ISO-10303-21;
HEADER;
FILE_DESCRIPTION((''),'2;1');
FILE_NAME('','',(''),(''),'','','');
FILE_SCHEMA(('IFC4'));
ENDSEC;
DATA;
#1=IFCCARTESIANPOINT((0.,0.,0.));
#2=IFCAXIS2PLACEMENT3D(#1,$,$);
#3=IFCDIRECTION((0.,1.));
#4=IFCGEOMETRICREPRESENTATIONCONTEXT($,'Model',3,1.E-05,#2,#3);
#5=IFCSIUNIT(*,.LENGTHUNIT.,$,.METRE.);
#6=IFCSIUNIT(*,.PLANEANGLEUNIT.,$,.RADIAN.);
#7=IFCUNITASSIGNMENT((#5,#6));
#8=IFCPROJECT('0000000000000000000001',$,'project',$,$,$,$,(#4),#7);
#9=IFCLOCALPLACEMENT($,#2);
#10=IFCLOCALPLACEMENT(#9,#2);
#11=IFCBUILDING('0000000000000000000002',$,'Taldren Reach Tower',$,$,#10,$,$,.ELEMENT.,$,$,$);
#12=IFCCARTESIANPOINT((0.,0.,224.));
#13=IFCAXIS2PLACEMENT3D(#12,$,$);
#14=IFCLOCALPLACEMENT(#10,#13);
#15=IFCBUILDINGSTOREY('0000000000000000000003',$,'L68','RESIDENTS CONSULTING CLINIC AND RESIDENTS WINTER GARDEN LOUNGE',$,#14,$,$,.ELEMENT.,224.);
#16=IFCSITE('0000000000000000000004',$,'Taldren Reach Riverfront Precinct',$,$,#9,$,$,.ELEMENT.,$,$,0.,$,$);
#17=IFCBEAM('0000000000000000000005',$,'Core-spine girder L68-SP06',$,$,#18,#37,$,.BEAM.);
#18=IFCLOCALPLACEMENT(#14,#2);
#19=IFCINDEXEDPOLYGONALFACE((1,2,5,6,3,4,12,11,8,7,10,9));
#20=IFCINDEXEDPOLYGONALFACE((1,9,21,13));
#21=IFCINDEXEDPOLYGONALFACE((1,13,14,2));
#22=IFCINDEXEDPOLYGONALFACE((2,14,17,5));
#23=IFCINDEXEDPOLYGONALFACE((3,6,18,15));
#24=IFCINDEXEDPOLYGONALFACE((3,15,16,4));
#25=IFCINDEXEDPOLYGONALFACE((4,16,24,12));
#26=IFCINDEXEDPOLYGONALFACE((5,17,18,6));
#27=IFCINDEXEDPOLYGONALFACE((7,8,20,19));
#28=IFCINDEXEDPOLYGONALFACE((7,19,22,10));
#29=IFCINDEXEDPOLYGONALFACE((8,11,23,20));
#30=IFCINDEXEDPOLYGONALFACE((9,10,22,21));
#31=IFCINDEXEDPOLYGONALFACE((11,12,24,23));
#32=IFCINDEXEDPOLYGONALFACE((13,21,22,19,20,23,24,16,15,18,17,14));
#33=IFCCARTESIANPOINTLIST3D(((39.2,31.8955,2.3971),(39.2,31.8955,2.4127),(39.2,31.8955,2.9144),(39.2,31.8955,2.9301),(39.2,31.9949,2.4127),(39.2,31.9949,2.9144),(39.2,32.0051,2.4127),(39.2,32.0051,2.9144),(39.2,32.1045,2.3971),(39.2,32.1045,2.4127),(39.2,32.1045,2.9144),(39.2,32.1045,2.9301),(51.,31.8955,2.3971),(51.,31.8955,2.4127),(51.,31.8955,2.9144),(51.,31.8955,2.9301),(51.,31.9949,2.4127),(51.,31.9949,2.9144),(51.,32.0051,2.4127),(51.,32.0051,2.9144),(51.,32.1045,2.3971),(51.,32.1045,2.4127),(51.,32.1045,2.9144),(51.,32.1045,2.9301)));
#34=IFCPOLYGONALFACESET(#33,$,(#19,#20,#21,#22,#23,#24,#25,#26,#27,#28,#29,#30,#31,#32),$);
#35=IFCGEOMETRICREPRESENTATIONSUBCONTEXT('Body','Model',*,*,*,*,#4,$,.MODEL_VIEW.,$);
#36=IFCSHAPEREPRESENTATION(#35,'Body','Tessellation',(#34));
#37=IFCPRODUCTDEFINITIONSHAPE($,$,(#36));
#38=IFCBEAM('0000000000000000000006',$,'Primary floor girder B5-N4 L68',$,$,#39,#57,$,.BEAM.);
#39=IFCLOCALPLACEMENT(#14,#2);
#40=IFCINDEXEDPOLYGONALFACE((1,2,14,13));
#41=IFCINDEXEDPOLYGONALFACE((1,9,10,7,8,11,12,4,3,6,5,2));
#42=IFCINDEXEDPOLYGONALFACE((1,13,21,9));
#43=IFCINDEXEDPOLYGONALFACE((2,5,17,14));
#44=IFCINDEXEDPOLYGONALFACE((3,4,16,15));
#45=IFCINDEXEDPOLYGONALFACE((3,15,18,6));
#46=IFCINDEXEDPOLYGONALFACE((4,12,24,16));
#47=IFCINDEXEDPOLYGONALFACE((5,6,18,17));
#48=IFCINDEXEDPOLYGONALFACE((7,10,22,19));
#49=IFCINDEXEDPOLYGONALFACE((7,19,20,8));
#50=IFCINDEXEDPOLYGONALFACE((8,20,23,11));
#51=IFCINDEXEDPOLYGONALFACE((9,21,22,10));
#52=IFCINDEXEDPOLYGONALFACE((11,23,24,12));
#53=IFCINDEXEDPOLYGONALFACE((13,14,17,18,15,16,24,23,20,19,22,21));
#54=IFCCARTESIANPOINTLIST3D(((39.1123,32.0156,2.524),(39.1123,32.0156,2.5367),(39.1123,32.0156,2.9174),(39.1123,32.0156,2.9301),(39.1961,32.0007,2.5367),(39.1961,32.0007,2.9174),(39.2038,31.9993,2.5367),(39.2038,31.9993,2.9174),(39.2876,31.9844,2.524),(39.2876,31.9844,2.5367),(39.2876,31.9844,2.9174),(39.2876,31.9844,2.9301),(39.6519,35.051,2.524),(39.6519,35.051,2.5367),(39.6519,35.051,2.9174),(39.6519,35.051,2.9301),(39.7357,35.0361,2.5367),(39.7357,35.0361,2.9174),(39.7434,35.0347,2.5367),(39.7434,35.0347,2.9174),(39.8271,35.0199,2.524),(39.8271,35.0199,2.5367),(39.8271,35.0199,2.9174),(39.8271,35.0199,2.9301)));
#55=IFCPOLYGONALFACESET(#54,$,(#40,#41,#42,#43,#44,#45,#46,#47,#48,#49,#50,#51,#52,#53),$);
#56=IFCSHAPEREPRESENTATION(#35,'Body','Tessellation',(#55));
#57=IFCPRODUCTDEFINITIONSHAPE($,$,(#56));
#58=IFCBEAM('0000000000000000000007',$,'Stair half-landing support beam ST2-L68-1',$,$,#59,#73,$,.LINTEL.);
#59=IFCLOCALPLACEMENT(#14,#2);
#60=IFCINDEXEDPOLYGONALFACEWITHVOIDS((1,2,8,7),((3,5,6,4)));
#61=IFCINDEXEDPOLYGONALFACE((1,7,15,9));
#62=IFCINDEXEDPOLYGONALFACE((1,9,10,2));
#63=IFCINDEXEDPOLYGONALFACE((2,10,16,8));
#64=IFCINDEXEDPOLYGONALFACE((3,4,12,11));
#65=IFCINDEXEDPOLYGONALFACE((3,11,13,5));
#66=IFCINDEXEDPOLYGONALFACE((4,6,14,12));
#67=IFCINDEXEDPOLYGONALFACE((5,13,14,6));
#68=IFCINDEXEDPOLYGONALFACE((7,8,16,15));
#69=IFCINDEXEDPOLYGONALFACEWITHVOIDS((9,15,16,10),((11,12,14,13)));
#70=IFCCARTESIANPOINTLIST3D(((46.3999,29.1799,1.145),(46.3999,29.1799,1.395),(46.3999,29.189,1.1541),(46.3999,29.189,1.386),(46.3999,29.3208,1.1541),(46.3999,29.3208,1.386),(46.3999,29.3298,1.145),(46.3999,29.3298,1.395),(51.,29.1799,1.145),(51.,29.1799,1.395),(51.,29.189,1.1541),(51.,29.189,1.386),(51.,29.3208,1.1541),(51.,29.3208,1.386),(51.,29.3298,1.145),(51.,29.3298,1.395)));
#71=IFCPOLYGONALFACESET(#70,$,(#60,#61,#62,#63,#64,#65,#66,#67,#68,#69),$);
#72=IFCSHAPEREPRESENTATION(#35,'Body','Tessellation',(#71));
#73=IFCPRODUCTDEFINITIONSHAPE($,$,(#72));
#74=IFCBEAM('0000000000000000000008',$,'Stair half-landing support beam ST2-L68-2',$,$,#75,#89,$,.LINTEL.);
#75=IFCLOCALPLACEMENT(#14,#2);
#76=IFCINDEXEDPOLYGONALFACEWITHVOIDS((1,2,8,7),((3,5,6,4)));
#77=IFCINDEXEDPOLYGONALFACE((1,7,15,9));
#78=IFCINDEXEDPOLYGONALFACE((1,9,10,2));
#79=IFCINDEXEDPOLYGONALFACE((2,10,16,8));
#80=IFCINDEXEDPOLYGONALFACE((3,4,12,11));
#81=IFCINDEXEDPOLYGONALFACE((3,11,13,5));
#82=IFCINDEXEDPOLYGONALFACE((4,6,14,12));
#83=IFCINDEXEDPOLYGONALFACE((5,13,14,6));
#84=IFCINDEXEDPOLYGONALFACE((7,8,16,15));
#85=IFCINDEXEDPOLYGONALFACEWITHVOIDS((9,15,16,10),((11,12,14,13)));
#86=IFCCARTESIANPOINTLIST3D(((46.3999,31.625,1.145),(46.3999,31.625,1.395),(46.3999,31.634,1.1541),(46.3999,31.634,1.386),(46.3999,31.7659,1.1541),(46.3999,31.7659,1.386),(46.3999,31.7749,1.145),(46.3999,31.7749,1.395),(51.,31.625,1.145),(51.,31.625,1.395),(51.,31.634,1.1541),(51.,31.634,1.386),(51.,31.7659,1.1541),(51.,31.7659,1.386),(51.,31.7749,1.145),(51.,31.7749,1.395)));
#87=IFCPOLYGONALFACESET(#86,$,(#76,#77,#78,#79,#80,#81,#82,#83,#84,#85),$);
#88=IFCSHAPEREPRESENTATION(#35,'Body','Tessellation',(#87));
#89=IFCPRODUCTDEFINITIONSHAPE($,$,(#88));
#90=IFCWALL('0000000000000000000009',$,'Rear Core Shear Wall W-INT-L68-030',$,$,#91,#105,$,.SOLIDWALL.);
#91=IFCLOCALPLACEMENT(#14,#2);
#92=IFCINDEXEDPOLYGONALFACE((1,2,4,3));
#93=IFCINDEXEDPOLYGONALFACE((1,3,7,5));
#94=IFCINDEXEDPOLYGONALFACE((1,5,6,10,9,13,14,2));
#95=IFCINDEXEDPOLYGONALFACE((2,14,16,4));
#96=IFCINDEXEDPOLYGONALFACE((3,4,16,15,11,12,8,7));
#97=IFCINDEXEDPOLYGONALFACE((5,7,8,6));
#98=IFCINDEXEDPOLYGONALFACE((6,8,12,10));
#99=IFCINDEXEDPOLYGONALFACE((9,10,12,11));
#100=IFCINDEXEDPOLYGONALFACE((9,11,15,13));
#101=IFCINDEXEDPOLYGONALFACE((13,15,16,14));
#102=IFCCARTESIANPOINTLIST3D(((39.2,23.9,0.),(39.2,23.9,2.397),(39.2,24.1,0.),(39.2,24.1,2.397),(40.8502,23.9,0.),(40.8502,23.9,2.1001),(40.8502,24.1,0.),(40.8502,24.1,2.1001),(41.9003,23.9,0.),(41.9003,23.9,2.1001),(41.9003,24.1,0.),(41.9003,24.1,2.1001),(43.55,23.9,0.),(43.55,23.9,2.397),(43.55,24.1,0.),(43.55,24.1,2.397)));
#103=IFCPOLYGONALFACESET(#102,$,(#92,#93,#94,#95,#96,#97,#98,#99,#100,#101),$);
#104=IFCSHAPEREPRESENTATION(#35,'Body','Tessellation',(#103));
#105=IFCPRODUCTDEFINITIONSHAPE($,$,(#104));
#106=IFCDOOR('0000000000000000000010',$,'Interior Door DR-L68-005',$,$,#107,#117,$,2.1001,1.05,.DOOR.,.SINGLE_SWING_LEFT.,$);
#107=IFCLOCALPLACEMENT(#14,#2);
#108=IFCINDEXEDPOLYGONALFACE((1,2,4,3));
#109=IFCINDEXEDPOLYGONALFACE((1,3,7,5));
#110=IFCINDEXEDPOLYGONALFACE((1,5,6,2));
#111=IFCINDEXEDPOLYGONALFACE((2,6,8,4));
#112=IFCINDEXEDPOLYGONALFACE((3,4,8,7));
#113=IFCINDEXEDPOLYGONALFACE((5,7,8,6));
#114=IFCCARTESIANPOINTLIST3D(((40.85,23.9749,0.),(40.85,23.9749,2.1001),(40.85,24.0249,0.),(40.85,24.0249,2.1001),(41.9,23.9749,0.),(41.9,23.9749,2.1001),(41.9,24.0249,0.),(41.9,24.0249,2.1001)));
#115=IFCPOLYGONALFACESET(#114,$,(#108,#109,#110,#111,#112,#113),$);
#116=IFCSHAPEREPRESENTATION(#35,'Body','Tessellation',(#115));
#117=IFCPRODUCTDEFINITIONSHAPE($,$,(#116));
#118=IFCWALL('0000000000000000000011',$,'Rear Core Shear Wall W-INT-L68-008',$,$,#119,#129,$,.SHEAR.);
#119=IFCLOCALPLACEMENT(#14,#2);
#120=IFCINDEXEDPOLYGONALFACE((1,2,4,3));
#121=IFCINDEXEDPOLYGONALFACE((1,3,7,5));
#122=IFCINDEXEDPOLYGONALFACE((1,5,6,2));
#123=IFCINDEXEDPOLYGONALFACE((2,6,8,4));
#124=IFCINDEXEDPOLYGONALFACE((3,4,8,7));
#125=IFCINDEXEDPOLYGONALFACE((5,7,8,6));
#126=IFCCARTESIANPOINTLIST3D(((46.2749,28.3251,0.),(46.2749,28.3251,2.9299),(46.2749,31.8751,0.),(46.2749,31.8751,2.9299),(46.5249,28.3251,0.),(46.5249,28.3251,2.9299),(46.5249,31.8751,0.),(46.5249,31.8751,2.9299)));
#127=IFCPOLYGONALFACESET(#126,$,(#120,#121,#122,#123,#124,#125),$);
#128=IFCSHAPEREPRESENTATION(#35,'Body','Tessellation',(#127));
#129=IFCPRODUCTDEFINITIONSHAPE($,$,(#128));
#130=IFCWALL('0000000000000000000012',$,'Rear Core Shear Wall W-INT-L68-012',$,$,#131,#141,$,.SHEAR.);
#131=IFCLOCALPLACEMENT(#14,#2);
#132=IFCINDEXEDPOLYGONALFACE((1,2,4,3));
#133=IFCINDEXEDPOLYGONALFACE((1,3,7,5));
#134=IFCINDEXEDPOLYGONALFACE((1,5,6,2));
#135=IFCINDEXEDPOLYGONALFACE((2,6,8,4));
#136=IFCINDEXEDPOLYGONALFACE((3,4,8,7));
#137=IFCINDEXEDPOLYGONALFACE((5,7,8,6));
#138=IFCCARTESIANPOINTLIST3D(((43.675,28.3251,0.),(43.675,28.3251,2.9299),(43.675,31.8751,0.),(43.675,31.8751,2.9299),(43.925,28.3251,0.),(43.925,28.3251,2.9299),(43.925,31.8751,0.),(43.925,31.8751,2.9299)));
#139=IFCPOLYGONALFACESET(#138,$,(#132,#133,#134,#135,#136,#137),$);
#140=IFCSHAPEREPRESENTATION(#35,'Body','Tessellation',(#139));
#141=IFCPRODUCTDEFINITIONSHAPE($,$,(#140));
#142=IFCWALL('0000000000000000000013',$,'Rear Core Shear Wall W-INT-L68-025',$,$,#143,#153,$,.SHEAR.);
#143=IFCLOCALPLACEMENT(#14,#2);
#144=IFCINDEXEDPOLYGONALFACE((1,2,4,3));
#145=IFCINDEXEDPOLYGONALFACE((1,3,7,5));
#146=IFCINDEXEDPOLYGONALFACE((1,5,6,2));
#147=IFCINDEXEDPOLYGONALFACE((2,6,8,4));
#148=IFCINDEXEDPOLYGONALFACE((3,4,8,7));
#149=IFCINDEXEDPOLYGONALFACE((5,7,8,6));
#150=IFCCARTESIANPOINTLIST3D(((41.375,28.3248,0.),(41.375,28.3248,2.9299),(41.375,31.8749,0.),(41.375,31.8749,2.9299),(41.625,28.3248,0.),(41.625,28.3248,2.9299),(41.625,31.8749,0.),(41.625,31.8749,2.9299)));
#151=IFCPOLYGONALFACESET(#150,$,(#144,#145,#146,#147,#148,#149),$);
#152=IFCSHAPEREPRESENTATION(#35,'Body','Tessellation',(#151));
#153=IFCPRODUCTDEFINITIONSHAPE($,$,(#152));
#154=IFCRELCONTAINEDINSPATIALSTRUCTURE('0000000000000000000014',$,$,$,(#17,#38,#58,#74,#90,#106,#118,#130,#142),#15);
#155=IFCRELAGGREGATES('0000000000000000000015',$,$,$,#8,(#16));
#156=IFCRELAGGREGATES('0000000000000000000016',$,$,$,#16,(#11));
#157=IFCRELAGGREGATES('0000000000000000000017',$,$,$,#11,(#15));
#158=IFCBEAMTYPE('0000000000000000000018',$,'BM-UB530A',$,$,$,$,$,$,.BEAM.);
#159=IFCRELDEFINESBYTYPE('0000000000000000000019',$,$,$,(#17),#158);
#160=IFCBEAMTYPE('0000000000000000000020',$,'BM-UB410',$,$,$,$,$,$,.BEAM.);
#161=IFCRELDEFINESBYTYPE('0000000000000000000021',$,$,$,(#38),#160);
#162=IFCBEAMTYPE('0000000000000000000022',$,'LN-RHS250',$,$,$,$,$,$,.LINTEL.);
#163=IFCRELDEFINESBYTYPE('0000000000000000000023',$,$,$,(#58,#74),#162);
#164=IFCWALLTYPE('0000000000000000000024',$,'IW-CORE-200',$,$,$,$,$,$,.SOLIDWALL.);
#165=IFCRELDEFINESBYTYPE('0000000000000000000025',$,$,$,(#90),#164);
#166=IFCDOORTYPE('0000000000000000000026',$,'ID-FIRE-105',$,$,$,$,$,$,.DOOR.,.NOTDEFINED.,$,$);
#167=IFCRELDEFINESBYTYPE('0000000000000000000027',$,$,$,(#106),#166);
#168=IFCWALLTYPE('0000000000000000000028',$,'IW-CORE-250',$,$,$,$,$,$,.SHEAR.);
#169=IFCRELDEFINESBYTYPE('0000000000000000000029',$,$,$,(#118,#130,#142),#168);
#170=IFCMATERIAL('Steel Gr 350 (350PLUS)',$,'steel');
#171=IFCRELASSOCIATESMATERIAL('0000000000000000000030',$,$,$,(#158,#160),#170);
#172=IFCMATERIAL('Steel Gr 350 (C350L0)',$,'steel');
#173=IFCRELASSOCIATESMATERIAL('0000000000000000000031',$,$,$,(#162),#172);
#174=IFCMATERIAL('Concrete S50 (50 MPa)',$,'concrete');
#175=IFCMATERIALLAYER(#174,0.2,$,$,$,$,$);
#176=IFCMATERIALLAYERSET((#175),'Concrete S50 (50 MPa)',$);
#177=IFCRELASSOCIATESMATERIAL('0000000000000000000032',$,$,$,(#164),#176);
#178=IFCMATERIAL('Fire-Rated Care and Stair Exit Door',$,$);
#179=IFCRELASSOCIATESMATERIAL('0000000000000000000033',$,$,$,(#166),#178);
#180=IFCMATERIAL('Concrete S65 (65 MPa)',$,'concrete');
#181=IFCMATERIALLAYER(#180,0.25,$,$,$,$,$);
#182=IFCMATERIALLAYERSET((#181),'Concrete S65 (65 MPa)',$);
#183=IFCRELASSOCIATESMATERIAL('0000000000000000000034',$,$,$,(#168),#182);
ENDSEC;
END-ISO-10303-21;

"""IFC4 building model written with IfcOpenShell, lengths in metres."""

from ifc_helpers import new_model, si_unit, direction, frame, frame_2d, origin, origin_2d, place, context, subcontext, project, spatial, rectangle, hollow_rectangle, i_section, extrude, source, transform, mapped, material, layer, layer_set, material_profile, profile_set, type_object, element, fill, save


model = new_model("IFC4")

# Units and contexts
model_context = context("Model", 3, precision=1e-05, world=origin(), true_north=direction((0.0, 1.0)))
body_context = subcontext(model_context, "Body", "Model", "MODEL_VIEW")
ifc_project = project(units=[si_unit("LENGTHUNIT", "METRE"), si_unit("PLANEANGLEUNIT", "RADIAN")], contexts=[model_context])

# Site, building, storey
site_placement = place(None, origin())
site = spatial("IfcSite", under=ifc_project, at=site_placement, Name="Taldren Reach Riverfront Precinct", CompositionType="ELEMENT", RefElevation=0.0)
building_placement = place(site_placement, origin())
building = spatial("IfcBuilding", under=site, at=building_placement, Name="Taldren Reach Tower", CompositionType="ELEMENT")
storey_placement = place(building_placement, frame((0.0, 0.0, 224.0)))
storey = spatial("IfcBuildingStorey", under=building, at=storey_placement, Name="L68", Description="RESIDENTS CONSULTING CLINIC AND RESIDENTS WINTER GARDEN LOUNGE", CompositionType="ELEMENT", Elevation=224.0)

# Beams
ifc_material_1 = material(Name="Steel Gr 350 (350PLUS)", Category="steel")
ifc_material_profile_1 = material_profile(ifc_material_1, i_section(OverallWidth=0.209, OverallDepth=0.533, WebThickness=0.0103, FlangeThickness=0.0156, at=origin_2d()), Name="530UB92.4")
ifc_profile_set_1 = profile_set([ifc_material_profile_1], Name="Steel Gr 350 (350PLUS)")
beam_type_1 = type_object("IfcBeamType", Name="BM-UB530A", PredefinedType="BEAM", material=ifc_profile_set_1)
shared_shape_1 = source(origin(), body_context, "Body", "SweptSolid", [
    extrude(i_section(OverallWidth=0.209, OverallDepth=0.533, WebThickness=0.0103, FlangeThickness=0.0156, at=origin_2d()), origin(), (0.0, 0.0, 1.0), 11.8),
])
beam_1_placement = place(storey_placement, frame((39.2, 32.0, 2.6636), z_axis=(1.0, 0.0, 0.0), x_axis=(0.0, 1.0, 0.0)))
element("IfcBeam", 1, at=beam_1_placement, inside=storey, type_object=beam_type_1, Name="Core-spine girder L68-SP06", PredefinedType="BEAM", context=body_context, shape_type="MappedRepresentation", body=[
    mapped(shared_shape_1, transform((0.0, 0.0, 0.0), scale=1.0)),
])
ifc_material_profile_2 = material_profile(ifc_material_1, i_section(OverallWidth=0.178, OverallDepth=0.406, WebThickness=0.0078, FlangeThickness=0.0127, at=origin_2d()), Name="410UB59.7")
ifc_profile_set_2 = profile_set([ifc_material_profile_2], Name="Steel Gr 350 (350PLUS)")
beam_type_2 = type_object("IfcBeamType", Name="BM-UB410", PredefinedType="BEAM", material=ifc_profile_set_2)
shared_shape_2 = source(origin(), body_context, "Body", "SweptSolid", [
    extrude(i_section(OverallWidth=0.178, OverallDepth=0.406, WebThickness=0.0078, FlangeThickness=0.0127, at=origin_2d()), origin(), (0.0, 0.0, 1.0), 3.083),
])
beam_2_placement = place(storey_placement, frame((39.2, 32.0, 2.7271), z_axis=(0.175009, 0.984567, 0.0), x_axis=(-0.984567, 0.175009, 0.0)))
element("IfcBeam", 2, at=beam_2_placement, inside=storey, type_object=beam_type_2, Name="Primary floor girder B5-N4 L68", PredefinedType="BEAM", context=body_context, shape_type="MappedRepresentation", body=[
    mapped(shared_shape_2, transform((0.0, 0.0, 0.0), scale=1.0)),
])
ifc_material_2 = material(Name="Steel Gr 350 (C350L0)", Category="steel")
ifc_material_profile_3 = material_profile(ifc_material_2, hollow_rectangle(XDim=0.1499, YDim=0.25, WallThickness=0.009, at=origin_2d()), Name="250x150x9.0RHS")
ifc_profile_set_3 = profile_set([ifc_material_profile_3], Name="Steel Gr 350 (C350L0)")
beam_type_3 = type_object("IfcBeamType", Name="LN-RHS250", PredefinedType="LINTEL", material=ifc_profile_set_3)
shared_shape_3 = source(origin(), body_context, "Body", "SweptSolid", [
    extrude(hollow_rectangle(XDim=0.1499, YDim=0.25, WallThickness=0.009, at=origin_2d()), origin(), (0.0, 0.0, 1.0), 4.6001),
])
for number, where, z_axis, x_axis, name in (
    (3, (46.3999, 29.2549, 1.27), (1.0, 0.0, 0.0), (0.0, 1.0, 0.0), "Stair half-landing support beam ST2-L68-1"),
    (4, (46.3999, 31.7, 1.27), (1.0, 0.0, 0.0), (0.0, 1.0, 0.0), "Stair half-landing support beam ST2-L68-2"),
):
    element("IfcBeam", number, at=place(storey_placement, frame(where, z_axis=z_axis, x_axis=x_axis)), inside=storey, type_object=beam_type_3, Name=name, PredefinedType="LINTEL", context=body_context, shape_type="MappedRepresentation", body=[
        mapped(shared_shape_3, transform((0.0, 0.0, 0.0), scale=1.0)),
    ])

# Wall, opening, door
ifc_material_3 = material(Name="Concrete S50 (50 MPa)", Category="concrete")
ifc_layer_1 = layer(ifc_material_3, 0.2)
ifc_layer_set_1 = layer_set([ifc_layer_1], Name="Concrete S50 (50 MPa)")
wall_type_1 = type_object("IfcWallType", Name="IW-CORE-200", PredefinedType="SOLIDWALL", material=ifc_layer_set_1)
shared_shape_4 = source(origin(), body_context, "Body", "SweptSolid", [
    extrude(rectangle(XDim=4.3501, YDim=0.2, at=frame_2d((2.175, 0.0))), origin(), (0.0, 0.0, 1.0), 2.397),
])
wall_1_placement = place(storey_placement, frame((43.55, 24.0, 0.0), z_axis=(0.0, 0.0, 1.0), x_axis=(-1.0, 0.0, 0.0)))
wall_1 = element("IfcWall", 5, at=wall_1_placement, inside=storey, type_object=wall_type_1, Name="Rear Core Shear Wall W-INT-L68-030", PredefinedType="SOLIDWALL", context=body_context, shape_type="MappedRepresentation", body=[
    mapped(shared_shape_4, transform((0.0, 0.0, 0.0), scale=1.0)),
])
shared_shape_5 = source(origin(), body_context, "Body", "SweptSolid", [
    extrude(rectangle(XDim=1.05, YDim=2.1001, at=frame_2d((0.5249, 1.05))), frame((0.0, 0.1099, 0.0), z_axis=(0.0, -1.0, 0.0), x_axis=(1.0, 0.0, 0.0)), (0.0, 0.0, 1.0), 0.22),
])
opening_1_placement = place(wall_1_placement, frame((1.6499, 0.0, 0.0)))
opening_1 = element("IfcOpeningElement", 6, at=opening_1_placement, cuts=wall_1, PredefinedType="OPENING", context=body_context, shape_type="MappedRepresentation", body=[
    mapped(shared_shape_5, transform((0.0, 0.0, 0.0), scale=1.0)),
])
ifc_material_4 = material(Name="Fire-Rated Care and Stair Exit Door")
door_type_1 = type_object("IfcDoorType", Name="ID-FIRE-105", OperationType="NOTDEFINED", PredefinedType="DOOR", material=ifc_material_4)
shared_shape_6 = source(origin(), body_context, "Body", "SweptSolid", [
    extrude(rectangle(XDim=1.05, YDim=2.1001, at=frame_2d((0.5249, 1.05))), frame((0.0, 0.0249, 0.0), z_axis=(0.0, -1.0, 0.0), x_axis=(1.0, 0.0, 0.0)), (0.0, 0.0, 1.0), 0.05),
])
door_1_placement = place(opening_1_placement, frame((1.05, 0.0, 0.0), z_axis=(0.0, 0.0, 1.0), x_axis=(-1.0, 0.0, 0.0)))
door_1 = element("IfcDoor", 7, at=door_1_placement, inside=storey, type_object=door_type_1, Name="Interior Door DR-L68-005", OperationType="SINGLE_SWING_LEFT", OverallHeight=2.1001, OverallWidth=1.05, PredefinedType="DOOR", context=body_context, shape_type="MappedRepresentation", body=[
    mapped(shared_shape_6, transform((0.0, 0.0, 0.0), scale=1.0)),
])
fill(opening_1, door_1)

# Walls
ifc_material_5 = material(Name="Concrete S65 (65 MPa)", Category="concrete")
ifc_layer_2 = layer(ifc_material_5, 0.25)
ifc_layer_set_2 = layer_set([ifc_layer_2], Name="Concrete S65 (65 MPa)")
wall_type_2 = type_object("IfcWallType", Name="IW-CORE-250", PredefinedType="SHEAR", material=ifc_layer_set_2)
shared_shape_7 = source(origin(), body_context, "Body", "SweptSolid", [
    extrude(rectangle(XDim=3.55, YDim=0.25, at=frame_2d((1.7749, 0.0))), origin(), (0.0, 0.0, 1.0), 2.9299),
])
for number, where, z_axis, x_axis, name in (
    (8, (46.3999, 31.875, 0.0), (0.0, 0.0, 1.0), (0.0, -1.0, 0.0), "Rear Core Shear Wall W-INT-L68-008"),
    (9, (43.8, 31.875, 0.0), (0.0, 0.0, 1.0), (0.0, -1.0, 0.0), "Rear Core Shear Wall W-INT-L68-012"),
    (10, (41.5, 28.325, 0.0), (0.0, 0.0, 1.0), (0.0, 1.0, 0.0), "Rear Core Shear Wall W-INT-L68-025"),
):
    element("IfcWall", number, at=place(storey_placement, frame(where, z_axis=z_axis, x_axis=x_axis)), inside=storey, type_object=wall_type_2, Name=name, PredefinedType="SHEAR", context=body_context, shape_type="MappedRepresentation", body=[
        mapped(shared_shape_7, transform((0.0, 0.0, 0.0), scale=1.0)),
    ])

save(model, "model.ifc")
